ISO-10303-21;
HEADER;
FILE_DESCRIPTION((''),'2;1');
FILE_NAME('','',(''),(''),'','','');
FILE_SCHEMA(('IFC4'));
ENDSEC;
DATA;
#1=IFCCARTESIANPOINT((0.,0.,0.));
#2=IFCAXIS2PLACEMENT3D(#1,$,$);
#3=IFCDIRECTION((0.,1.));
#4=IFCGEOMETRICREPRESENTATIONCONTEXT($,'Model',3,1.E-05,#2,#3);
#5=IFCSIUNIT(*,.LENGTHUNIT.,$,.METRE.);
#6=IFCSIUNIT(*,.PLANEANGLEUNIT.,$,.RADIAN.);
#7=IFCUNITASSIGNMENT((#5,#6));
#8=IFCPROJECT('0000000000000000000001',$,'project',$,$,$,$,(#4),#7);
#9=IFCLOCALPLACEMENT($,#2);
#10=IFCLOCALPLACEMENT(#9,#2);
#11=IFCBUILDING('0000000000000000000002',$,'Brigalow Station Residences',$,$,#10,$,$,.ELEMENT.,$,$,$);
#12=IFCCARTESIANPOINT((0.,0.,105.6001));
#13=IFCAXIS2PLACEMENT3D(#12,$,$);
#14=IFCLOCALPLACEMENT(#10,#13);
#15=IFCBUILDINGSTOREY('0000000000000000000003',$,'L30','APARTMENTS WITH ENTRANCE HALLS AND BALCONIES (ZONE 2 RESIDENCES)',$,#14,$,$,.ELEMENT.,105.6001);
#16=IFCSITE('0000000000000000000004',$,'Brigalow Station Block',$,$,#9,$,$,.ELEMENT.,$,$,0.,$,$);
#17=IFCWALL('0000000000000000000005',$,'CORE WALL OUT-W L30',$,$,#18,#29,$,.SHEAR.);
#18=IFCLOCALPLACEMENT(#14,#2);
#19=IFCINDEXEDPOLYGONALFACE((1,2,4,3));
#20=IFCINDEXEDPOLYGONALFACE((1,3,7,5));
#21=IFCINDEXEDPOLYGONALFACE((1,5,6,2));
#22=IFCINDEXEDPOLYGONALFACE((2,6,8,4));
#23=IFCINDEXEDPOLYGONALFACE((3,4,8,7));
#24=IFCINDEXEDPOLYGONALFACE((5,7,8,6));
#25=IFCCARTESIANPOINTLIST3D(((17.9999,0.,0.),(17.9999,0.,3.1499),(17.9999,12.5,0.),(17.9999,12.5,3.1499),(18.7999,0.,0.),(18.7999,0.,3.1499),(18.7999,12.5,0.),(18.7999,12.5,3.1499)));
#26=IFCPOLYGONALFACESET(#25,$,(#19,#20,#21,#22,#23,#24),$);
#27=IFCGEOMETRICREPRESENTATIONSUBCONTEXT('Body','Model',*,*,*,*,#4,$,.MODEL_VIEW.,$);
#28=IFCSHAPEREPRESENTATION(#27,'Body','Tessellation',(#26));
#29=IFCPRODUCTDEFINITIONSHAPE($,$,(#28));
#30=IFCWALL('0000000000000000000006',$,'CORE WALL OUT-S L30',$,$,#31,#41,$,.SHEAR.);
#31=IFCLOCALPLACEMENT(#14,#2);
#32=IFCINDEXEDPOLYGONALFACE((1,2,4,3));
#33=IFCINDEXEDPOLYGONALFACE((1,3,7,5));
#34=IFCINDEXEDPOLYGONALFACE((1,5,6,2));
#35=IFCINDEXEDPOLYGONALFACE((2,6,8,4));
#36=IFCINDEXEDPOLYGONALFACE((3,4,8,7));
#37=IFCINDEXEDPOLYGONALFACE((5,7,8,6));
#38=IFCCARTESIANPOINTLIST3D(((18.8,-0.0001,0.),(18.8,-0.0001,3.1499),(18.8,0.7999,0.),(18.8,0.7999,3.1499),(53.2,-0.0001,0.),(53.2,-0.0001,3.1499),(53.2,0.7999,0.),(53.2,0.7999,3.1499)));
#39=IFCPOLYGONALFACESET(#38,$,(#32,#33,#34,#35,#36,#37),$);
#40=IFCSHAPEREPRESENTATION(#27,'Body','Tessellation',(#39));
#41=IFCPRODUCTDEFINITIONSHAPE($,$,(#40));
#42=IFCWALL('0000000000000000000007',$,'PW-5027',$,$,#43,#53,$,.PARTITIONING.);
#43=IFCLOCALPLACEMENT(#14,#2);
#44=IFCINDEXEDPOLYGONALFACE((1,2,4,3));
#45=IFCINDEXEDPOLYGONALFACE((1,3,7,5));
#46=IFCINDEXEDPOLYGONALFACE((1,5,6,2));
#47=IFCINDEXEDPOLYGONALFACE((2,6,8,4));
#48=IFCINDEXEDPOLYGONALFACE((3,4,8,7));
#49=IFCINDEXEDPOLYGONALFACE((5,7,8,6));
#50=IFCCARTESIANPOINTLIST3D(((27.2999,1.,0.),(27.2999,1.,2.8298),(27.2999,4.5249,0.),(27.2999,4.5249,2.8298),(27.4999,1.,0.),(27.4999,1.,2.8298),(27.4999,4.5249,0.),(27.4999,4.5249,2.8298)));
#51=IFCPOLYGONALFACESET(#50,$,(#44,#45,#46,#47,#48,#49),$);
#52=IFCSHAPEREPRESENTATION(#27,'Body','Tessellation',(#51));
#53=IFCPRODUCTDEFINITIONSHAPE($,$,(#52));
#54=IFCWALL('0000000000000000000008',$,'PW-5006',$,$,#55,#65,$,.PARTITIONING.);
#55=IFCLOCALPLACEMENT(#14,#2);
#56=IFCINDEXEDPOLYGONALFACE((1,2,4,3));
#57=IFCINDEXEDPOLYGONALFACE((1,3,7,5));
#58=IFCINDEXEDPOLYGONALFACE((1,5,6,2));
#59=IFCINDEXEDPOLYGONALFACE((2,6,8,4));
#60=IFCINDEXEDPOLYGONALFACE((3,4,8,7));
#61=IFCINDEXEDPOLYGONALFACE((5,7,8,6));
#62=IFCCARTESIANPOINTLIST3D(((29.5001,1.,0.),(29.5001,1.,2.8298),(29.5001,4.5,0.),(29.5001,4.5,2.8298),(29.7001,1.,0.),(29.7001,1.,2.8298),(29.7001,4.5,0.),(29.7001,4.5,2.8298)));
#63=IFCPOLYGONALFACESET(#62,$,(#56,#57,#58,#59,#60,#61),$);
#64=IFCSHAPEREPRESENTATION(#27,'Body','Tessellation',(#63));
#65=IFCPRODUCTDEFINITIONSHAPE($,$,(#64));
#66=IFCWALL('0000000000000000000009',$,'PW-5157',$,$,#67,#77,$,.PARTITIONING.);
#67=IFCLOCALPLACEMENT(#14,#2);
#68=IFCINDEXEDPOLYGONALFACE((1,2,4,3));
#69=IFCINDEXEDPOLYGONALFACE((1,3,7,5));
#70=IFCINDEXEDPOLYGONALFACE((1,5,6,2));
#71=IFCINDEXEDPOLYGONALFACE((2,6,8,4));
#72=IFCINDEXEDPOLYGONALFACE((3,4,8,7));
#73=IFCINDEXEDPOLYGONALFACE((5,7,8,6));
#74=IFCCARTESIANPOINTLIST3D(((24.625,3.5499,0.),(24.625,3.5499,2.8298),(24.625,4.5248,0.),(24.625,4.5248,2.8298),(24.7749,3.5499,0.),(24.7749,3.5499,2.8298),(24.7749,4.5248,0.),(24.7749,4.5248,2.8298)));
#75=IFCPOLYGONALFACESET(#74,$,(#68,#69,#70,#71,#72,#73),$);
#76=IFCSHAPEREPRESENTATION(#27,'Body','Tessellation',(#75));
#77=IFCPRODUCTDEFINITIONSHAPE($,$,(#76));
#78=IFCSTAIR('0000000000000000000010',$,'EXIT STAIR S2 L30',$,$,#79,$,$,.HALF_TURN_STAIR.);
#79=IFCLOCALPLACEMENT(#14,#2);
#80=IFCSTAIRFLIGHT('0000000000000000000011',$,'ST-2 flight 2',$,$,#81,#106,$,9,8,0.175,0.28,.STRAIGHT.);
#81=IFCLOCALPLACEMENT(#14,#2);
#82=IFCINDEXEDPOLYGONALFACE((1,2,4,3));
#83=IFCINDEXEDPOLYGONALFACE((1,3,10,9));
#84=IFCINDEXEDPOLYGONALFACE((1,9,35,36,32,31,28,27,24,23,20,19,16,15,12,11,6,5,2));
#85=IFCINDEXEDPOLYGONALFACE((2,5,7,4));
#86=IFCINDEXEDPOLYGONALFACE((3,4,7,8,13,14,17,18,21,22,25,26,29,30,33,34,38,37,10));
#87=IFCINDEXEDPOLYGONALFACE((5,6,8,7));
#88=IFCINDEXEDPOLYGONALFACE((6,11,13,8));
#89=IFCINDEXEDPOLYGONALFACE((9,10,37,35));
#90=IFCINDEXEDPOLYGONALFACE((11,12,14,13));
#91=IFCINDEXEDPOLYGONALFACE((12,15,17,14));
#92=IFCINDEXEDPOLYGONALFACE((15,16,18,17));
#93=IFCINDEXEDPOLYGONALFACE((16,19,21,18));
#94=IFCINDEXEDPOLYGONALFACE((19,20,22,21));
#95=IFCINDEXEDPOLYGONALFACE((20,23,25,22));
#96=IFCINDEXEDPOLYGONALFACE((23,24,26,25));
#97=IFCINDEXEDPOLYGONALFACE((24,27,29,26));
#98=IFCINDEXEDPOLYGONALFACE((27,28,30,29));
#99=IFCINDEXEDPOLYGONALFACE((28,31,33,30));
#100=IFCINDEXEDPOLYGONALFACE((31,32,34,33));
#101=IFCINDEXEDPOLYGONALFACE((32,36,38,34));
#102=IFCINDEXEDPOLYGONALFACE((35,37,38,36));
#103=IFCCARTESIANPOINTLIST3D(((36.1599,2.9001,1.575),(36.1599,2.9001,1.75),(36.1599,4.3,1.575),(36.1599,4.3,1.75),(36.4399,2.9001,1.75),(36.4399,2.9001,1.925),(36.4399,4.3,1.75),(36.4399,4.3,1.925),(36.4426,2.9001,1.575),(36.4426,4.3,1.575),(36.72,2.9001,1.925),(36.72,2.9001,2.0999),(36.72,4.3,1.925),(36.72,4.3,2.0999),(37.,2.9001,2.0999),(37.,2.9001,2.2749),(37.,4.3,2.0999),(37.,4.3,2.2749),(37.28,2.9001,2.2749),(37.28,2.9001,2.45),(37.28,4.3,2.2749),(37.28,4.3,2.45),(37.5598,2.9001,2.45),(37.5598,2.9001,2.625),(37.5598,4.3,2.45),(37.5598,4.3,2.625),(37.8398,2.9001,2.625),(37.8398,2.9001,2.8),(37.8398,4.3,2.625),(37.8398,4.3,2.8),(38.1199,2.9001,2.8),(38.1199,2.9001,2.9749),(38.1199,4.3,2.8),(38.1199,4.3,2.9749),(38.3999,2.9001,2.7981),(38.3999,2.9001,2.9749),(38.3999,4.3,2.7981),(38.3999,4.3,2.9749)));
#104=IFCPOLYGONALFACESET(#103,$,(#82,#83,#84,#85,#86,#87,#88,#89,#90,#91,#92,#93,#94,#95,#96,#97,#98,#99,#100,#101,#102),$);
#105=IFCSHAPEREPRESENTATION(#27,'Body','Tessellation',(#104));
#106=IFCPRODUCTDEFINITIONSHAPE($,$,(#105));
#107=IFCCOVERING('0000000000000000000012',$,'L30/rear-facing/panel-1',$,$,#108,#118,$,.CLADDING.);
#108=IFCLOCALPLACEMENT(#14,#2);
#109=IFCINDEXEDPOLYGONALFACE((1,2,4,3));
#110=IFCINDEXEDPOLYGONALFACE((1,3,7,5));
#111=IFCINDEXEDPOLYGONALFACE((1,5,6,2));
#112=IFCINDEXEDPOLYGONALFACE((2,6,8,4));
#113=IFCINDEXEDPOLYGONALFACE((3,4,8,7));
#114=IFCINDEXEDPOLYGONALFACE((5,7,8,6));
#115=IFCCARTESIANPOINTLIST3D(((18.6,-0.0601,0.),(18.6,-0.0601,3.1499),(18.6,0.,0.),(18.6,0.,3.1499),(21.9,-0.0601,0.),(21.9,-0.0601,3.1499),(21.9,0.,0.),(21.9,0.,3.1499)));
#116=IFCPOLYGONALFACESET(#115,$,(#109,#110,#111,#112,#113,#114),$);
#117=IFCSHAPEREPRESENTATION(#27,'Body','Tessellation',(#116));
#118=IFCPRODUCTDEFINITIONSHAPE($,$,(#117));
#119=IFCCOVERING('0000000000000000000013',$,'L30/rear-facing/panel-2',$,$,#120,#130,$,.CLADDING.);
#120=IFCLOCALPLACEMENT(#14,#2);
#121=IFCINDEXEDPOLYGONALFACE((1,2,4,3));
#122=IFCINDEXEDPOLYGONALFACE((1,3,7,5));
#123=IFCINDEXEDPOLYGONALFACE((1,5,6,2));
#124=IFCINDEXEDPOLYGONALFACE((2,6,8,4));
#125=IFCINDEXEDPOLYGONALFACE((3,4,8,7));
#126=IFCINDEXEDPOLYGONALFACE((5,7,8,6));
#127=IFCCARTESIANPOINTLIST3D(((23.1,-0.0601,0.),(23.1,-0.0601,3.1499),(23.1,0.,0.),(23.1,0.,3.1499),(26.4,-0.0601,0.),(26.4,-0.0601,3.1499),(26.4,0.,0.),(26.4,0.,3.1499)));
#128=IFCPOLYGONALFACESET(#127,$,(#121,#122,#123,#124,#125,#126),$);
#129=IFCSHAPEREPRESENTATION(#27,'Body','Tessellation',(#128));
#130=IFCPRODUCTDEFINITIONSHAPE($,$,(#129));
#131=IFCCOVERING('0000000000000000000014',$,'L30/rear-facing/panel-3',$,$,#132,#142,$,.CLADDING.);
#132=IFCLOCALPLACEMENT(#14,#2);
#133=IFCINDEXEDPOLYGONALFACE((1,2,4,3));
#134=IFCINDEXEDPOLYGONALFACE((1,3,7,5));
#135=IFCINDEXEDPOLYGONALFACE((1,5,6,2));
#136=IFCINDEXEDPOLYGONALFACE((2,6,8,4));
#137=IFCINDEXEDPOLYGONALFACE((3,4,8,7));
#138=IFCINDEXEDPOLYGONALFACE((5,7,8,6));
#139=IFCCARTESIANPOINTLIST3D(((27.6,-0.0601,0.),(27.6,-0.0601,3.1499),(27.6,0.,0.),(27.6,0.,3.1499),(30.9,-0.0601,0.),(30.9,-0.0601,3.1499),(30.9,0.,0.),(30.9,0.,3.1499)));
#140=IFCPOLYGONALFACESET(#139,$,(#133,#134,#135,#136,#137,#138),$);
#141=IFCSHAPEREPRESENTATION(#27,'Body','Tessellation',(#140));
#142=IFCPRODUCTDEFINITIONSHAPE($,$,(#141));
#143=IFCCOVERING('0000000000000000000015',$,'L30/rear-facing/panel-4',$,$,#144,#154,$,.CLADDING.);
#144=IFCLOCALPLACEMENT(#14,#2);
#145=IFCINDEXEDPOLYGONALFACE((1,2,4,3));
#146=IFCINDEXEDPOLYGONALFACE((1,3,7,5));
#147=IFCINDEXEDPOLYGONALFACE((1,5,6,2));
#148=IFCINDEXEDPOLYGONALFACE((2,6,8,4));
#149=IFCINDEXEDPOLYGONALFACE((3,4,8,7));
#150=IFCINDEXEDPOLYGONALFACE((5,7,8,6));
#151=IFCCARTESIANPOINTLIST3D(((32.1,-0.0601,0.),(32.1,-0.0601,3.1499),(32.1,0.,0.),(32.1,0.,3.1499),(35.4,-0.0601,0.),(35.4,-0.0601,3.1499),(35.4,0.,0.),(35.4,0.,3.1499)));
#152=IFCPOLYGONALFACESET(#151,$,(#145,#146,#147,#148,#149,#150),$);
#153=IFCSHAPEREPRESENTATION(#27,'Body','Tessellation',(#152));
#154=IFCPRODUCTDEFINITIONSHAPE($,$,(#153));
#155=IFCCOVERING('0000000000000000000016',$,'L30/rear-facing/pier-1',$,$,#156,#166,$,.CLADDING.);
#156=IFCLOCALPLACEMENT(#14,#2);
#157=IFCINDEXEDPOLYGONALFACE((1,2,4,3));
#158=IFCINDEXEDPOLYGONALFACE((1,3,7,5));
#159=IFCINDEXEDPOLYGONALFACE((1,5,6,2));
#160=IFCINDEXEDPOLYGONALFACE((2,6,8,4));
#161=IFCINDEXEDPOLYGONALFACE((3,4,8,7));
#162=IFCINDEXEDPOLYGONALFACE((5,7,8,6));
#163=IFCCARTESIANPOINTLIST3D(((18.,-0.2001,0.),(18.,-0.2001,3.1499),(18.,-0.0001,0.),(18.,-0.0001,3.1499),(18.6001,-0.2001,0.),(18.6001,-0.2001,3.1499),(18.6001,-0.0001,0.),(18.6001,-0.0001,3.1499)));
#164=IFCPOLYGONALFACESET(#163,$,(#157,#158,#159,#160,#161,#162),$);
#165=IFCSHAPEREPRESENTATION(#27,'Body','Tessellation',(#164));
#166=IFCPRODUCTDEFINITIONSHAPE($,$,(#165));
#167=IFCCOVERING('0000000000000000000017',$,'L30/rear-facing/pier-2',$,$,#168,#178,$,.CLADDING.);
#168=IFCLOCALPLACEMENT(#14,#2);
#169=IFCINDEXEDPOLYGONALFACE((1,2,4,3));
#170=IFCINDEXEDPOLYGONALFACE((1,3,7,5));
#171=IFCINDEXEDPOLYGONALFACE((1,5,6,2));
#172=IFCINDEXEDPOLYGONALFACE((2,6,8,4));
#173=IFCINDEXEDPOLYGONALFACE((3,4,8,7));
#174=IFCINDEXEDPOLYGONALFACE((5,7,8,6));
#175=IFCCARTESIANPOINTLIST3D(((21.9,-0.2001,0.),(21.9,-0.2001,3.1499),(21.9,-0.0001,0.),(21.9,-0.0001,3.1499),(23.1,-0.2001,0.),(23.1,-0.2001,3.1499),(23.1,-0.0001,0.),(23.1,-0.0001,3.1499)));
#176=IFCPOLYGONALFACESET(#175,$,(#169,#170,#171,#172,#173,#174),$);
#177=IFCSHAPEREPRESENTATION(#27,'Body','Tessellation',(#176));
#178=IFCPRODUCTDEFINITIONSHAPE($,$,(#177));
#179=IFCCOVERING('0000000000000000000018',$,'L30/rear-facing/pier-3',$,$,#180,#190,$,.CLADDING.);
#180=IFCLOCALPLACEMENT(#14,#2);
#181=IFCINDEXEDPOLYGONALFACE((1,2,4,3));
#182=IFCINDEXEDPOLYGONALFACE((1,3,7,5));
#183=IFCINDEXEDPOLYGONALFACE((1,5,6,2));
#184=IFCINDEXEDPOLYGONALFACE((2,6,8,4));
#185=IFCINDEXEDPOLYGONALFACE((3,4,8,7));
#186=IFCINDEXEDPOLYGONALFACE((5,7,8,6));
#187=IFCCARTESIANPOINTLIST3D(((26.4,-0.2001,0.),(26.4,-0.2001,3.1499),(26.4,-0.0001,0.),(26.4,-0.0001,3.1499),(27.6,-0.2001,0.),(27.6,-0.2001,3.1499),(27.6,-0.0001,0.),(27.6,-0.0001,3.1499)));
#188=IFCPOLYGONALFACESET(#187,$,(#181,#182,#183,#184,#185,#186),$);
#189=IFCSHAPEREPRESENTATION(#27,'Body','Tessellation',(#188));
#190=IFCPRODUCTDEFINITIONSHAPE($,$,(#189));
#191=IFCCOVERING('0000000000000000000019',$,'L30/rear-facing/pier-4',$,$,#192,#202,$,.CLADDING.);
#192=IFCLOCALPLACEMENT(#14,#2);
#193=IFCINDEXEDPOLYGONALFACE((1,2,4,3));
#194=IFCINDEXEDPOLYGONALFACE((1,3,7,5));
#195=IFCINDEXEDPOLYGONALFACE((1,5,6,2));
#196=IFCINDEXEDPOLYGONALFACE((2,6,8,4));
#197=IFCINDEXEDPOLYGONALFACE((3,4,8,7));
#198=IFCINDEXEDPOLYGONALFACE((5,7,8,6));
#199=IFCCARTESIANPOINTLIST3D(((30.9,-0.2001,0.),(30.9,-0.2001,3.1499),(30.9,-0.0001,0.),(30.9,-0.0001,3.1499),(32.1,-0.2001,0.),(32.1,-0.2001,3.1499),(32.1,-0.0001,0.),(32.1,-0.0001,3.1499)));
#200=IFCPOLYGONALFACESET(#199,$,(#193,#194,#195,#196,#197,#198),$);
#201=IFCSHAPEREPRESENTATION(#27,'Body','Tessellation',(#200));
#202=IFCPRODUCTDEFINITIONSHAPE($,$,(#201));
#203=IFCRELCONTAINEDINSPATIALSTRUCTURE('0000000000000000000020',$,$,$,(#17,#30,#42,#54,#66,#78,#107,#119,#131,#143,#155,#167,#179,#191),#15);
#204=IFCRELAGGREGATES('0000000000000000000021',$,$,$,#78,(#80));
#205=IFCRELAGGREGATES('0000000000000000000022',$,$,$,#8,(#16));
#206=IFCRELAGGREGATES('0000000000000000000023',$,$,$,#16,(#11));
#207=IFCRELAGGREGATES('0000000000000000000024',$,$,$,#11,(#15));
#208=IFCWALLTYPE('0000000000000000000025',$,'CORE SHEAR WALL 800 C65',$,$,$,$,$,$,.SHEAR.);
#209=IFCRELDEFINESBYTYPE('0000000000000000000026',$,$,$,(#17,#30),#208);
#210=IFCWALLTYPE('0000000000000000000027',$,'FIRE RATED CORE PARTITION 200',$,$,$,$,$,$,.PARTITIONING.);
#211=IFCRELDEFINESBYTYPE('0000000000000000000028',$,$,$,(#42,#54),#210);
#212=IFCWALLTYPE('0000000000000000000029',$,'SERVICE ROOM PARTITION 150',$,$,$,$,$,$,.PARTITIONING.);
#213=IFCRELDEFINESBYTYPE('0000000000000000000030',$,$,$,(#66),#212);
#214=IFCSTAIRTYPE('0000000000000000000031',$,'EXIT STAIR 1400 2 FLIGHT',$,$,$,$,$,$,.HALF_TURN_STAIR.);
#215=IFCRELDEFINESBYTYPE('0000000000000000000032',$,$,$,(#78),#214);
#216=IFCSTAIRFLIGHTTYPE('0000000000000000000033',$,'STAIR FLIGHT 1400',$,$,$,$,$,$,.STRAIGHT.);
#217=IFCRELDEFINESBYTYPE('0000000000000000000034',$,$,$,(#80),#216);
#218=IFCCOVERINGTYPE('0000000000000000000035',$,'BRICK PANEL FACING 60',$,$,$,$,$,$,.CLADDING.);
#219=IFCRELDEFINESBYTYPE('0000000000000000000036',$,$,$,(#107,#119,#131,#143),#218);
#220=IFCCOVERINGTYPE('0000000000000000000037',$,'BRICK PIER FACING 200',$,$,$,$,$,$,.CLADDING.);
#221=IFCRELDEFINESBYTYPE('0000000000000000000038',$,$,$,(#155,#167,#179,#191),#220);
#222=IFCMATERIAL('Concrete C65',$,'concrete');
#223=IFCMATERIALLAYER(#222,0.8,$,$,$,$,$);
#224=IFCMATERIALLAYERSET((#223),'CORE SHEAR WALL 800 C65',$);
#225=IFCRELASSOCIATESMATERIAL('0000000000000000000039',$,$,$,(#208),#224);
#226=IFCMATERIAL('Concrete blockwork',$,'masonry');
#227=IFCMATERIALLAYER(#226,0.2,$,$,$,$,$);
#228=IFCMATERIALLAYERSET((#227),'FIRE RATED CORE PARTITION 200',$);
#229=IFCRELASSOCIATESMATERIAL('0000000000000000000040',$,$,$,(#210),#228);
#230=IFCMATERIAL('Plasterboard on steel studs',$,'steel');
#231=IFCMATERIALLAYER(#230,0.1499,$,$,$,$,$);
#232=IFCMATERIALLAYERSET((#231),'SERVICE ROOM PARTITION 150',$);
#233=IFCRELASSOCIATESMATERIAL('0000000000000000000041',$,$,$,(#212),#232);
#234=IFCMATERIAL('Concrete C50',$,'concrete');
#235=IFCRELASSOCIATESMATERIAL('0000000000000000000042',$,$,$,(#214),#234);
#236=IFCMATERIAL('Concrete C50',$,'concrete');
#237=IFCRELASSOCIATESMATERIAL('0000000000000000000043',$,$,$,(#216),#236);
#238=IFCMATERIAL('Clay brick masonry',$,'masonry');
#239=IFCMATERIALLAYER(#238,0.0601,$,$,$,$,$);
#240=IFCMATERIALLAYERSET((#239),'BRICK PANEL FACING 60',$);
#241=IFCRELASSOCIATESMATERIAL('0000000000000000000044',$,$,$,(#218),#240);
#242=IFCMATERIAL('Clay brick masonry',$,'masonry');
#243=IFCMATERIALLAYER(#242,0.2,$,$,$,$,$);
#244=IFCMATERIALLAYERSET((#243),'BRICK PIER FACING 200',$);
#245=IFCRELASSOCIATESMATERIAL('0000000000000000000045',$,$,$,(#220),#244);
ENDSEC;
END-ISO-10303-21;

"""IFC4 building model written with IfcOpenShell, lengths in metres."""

from ifc_helpers import new_model, si_unit, direction, frame, frame_2d, origin, origin_2d, place, context, subcontext, project, spatial, polyline, rectangle, outline, extrude, material, layer, layer_set, type_object, element, aggregate, save


model = new_model("IFC4")

# Units and contexts
model_context = context("Model", 3, precision=1e-05, world=origin(), true_north=direction((0.0, 1.0)))
body_context = subcontext(model_context, "Body", "Model", "MODEL_VIEW")
ifc_project = project(units=[si_unit("LENGTHUNIT", "METRE"), si_unit("PLANEANGLEUNIT", "RADIAN")], contexts=[model_context])

# Site, building, storey
site_placement = place(None, origin())
site = spatial("IfcSite", under=ifc_project, at=site_placement, Name="Brigalow Station Block", CompositionType="ELEMENT", RefElevation=0.0)
building_placement = place(site_placement, origin())
building = spatial("IfcBuilding", under=site, at=building_placement, Name="Brigalow Station Residences", CompositionType="ELEMENT")
storey_placement = place(building_placement, frame((0.0, 0.0, 105.6001)))
storey = spatial("IfcBuildingStorey", under=building, at=storey_placement, Name="L30", Description="APARTMENTS WITH ENTRANCE HALLS AND BALCONIES (ZONE 2 RESIDENCES)", CompositionType="ELEMENT", Elevation=105.6001)

# Walls
ifc_material_1 = material(Name="Concrete C65", Category="concrete")
ifc_layer_1 = layer(ifc_material_1, 0.8)
ifc_layer_set_1 = layer_set([ifc_layer_1], Name="CORE SHEAR WALL 800 C65")
wall_type_1 = type_object("IfcWallType", Name="CORE SHEAR WALL 800 C65", PredefinedType="SHEAR", material=ifc_layer_set_1)
wall_1_placement = place(storey_placement, frame((18.3999, 0.0, 0.0), z_axis=(0.0, 0.0, 1.0), x_axis=(0.0, 1.0, 0.0)))
element("IfcWall", 1, at=wall_1_placement, inside=storey, type_object=wall_type_1, Name="CORE WALL OUT-W L30", PredefinedType="SHEAR", context=body_context, shape_type="SweptSolid", body=[
    extrude(rectangle(XDim=12.5, YDim=0.8, at=frame_2d((6.25, 0.0))), origin(), (0.0, 0.0, 1.0), 3.1499),
])
wall_2_placement = place(storey_placement, frame((18.8, 0.3999, 0.0), z_axis=(0.0, 0.0, 1.0), x_axis=(1.0, 0.0, 0.0)))
element("IfcWall", 2, at=wall_2_placement, inside=storey, type_object=wall_type_1, Name="CORE WALL OUT-S L30", PredefinedType="SHEAR", context=body_context, shape_type="SweptSolid", body=[
    extrude(rectangle(XDim=34.3999, YDim=0.8, at=frame_2d((17.2, 0.0))), origin(), (0.0, 0.0, 1.0), 3.1499),
])
ifc_material_2 = material(Name="Concrete blockwork", Category="masonry")
ifc_layer_2 = layer(ifc_material_2, 0.2)
ifc_layer_set_2 = layer_set([ifc_layer_2], Name="FIRE RATED CORE PARTITION 200")
wall_type_2 = type_object("IfcWallType", Name="FIRE RATED CORE PARTITION 200", PredefinedType="PARTITIONING", material=ifc_layer_set_2)
wall_3_placement = place(storey_placement, frame((27.3999, 1.0, 0.0), z_axis=(0.0, 0.0, 1.0), x_axis=(0.0, 1.0, 0.0)))
element("IfcWall", 3, at=wall_3_placement, inside=storey, type_object=wall_type_2, Name="PW-5027", PredefinedType="PARTITIONING", context=body_context, shape_type="SweptSolid", body=[
    extrude(rectangle(XDim=3.5249, YDim=0.2, at=frame_2d((1.7625, 0.0))), origin(), (0.0, 0.0, 1.0), 2.8298),
])
wall_4_placement = place(storey_placement, frame((29.6001, 1.0, 0.0), z_axis=(0.0, 0.0, 1.0), x_axis=(0.0, 1.0, 0.0)))
element("IfcWall", 4, at=wall_4_placement, inside=storey, type_object=wall_type_2, Name="PW-5006", PredefinedType="PARTITIONING", context=body_context, shape_type="SweptSolid", body=[
    extrude(rectangle(XDim=3.5, YDim=0.2, at=frame_2d((1.75, 0.0))), origin(), (0.0, 0.0, 1.0), 2.8298),
])
ifc_material_3 = material(Name="Plasterboard on steel studs", Category="steel")
ifc_layer_3 = layer(ifc_material_3, 0.1499)
ifc_layer_set_3 = layer_set([ifc_layer_3], Name="SERVICE ROOM PARTITION 150")
wall_type_3 = type_object("IfcWallType", Name="SERVICE ROOM PARTITION 150", PredefinedType="PARTITIONING", material=ifc_layer_set_3)
wall_5_placement = place(storey_placement, frame((24.7, 3.55, 0.0), z_axis=(0.0, 0.0, 1.0), x_axis=(0.0, 1.0, 0.0)))
element("IfcWall", 5, at=wall_5_placement, inside=storey, type_object=wall_type_3, Name="PW-5157", PredefinedType="PARTITIONING", context=body_context, shape_type="SweptSolid", body=[
    extrude(rectangle(XDim=0.9749, YDim=0.1499, at=frame_2d((0.4873, 0.0))), origin(), (0.0, 0.0, 1.0), 2.8298),
])

# Stair, stair flight
ifc_material_4 = material(Name="Concrete C50", Category="concrete")
stair_type = type_object("IfcStairType", Name="EXIT STAIR 1400 2 FLIGHT", PredefinedType="HALF_TURN_STAIR", material=ifc_material_4)
stair_placement = place(storey_placement, origin())
stair = element("IfcStair", 6, at=stair_placement, inside=storey, type_object=stair_type, Name="EXIT STAIR S2 L30", PredefinedType="HALF_TURN_STAIR")
ifc_material_5 = material(Name="Concrete C50", Category="concrete")
stair_flight_type = type_object("IfcStairFlightType", Name="STAIR FLIGHT 1400", PredefinedType="STRAIGHT", material=ifc_material_5)
stair_flight_placement = place(storey_placement, frame((36.1599, 3.6001, 1.575), z_axis=(0.0, 0.0, 1.0), x_axis=(1.0, 0.0, 0.0)))
stair_flight = element("IfcStairFlight", 7, at=stair_flight_placement, type_object=stair_flight_type, Name="ST-2 flight 2", NumberOfRisers=9, NumberOfTreads=8, PredefinedType="STRAIGHT", RiserHeight=0.175, TreadLength=0.28, context=body_context, shape_type="SweptSolid", body=[
    extrude(outline(polyline([(0.0, 0.0), (0.0, 0.175), (0.28, 0.175), (0.28, 0.3501), (0.5601, 0.3501), (0.5601, 0.5249), (0.8401, 0.5249), (0.8401, 0.7), (1.1201, 0.7), (1.1201, 0.875), (1.3999, 0.875), (1.3999, 1.05), (1.6799, 1.05), (1.6799, 1.2251), (1.96, 1.2251), (1.96, 1.3999), (2.24, 1.3999), (2.24, 1.575), (2.24, 1.2231), (0.2827, 0.0), (0.0, 0.0)])), frame((0.0, 0.7, 0.0), z_axis=(0.0, -1.0, 0.0), x_axis=(1.0, 0.0, 0.0)), (0.0, 0.0, 1.0), 1.3999),
])
aggregate(stair, [stair_flight])

# Coverings
ifc_material_6 = material(Name="Clay brick masonry", Category="masonry")
ifc_layer_4 = layer(ifc_material_6, 0.0601)
ifc_layer_set_4 = layer_set([ifc_layer_4], Name="BRICK PANEL FACING 60")
covering_type_1 = type_object("IfcCoveringType", Name="BRICK PANEL FACING 60", PredefinedType="CLADDING", material=ifc_layer_set_4)
for number, where, z_axis, x_axis, name in (
    (8, (20.25, -0.03, 0.0), (0.0, 0.0, 1.0), (1.0, 0.0, 0.0), "L30/rear-facing/panel-1"),
    (9, (24.75, -0.03, 0.0), (0.0, 0.0, 1.0), (1.0, 0.0, 0.0), "L30/rear-facing/panel-2"),
    (10, (29.25, -0.03, 0.0), (0.0, 0.0, 1.0), (1.0, 0.0, 0.0), "L30/rear-facing/panel-3"),
    (11, (33.75, -0.03, 0.0), (0.0, 0.0, 1.0), (1.0, 0.0, 0.0), "L30/rear-facing/panel-4"),
):
    element("IfcCovering", number, at=place(storey_placement, frame(where, z_axis=z_axis, x_axis=x_axis)), inside=storey, type_object=covering_type_1, Name=name, PredefinedType="CLADDING", context=body_context, shape_type="SweptSolid", body=[
        extrude(rectangle(XDim=3.3, YDim=0.0601, at=origin_2d()), origin(), (0.0, 0.0, 1.0), 3.1499),
    ])
ifc_material_7 = material(Name="Clay brick masonry", Category="masonry")
ifc_layer_5 = layer(ifc_material_7, 0.2)
ifc_layer_set_5 = layer_set([ifc_layer_5], Name="BRICK PIER FACING 200")
covering_type_2 = type_object("IfcCoveringType", Name="BRICK PIER FACING 200", PredefinedType="CLADDING", material=ifc_layer_set_5)
covering_placement = place(storey_placement, frame((18.3, -0.1001, 0.0), z_axis=(0.0, 0.0, 1.0), x_axis=(1.0, 0.0, 0.0)))
element("IfcCovering", 12, at=covering_placement, inside=storey, type_object=covering_type_2, Name="L30/rear-facing/pier-1", PredefinedType="CLADDING", context=body_context, shape_type="SweptSolid", body=[
    extrude(rectangle(XDim=0.6001, YDim=0.2, at=origin_2d()), origin(), (0.0, 0.0, 1.0), 3.1499),
])
for number, where, z_axis, x_axis, name in (
    (13, (22.5, -0.1001, 0.0), (0.0, 0.0, 1.0), (1.0, 0.0, 0.0), "L30/rear-facing/pier-2"),
    (14, (27.0, -0.1001, 0.0), (0.0, 0.0, 1.0), (1.0, 0.0, 0.0), "L30/rear-facing/pier-3"),
    (15, (31.5, -0.1001, 0.0), (0.0, 0.0, 1.0), (1.0, 0.0, 0.0), "L30/rear-facing/pier-4"),
):
    element("IfcCovering", number, at=place(storey_placement, frame(where, z_axis=z_axis, x_axis=x_axis)), inside=storey, type_object=covering_type_2, Name=name, PredefinedType="CLADDING", context=body_context, shape_type="SweptSolid", body=[
        extrude(rectangle(XDim=1.2, YDim=0.2, at=origin_2d()), origin(), (0.0, 0.0, 1.0), 3.1499),
    ])

save(model, "model.ifc")
